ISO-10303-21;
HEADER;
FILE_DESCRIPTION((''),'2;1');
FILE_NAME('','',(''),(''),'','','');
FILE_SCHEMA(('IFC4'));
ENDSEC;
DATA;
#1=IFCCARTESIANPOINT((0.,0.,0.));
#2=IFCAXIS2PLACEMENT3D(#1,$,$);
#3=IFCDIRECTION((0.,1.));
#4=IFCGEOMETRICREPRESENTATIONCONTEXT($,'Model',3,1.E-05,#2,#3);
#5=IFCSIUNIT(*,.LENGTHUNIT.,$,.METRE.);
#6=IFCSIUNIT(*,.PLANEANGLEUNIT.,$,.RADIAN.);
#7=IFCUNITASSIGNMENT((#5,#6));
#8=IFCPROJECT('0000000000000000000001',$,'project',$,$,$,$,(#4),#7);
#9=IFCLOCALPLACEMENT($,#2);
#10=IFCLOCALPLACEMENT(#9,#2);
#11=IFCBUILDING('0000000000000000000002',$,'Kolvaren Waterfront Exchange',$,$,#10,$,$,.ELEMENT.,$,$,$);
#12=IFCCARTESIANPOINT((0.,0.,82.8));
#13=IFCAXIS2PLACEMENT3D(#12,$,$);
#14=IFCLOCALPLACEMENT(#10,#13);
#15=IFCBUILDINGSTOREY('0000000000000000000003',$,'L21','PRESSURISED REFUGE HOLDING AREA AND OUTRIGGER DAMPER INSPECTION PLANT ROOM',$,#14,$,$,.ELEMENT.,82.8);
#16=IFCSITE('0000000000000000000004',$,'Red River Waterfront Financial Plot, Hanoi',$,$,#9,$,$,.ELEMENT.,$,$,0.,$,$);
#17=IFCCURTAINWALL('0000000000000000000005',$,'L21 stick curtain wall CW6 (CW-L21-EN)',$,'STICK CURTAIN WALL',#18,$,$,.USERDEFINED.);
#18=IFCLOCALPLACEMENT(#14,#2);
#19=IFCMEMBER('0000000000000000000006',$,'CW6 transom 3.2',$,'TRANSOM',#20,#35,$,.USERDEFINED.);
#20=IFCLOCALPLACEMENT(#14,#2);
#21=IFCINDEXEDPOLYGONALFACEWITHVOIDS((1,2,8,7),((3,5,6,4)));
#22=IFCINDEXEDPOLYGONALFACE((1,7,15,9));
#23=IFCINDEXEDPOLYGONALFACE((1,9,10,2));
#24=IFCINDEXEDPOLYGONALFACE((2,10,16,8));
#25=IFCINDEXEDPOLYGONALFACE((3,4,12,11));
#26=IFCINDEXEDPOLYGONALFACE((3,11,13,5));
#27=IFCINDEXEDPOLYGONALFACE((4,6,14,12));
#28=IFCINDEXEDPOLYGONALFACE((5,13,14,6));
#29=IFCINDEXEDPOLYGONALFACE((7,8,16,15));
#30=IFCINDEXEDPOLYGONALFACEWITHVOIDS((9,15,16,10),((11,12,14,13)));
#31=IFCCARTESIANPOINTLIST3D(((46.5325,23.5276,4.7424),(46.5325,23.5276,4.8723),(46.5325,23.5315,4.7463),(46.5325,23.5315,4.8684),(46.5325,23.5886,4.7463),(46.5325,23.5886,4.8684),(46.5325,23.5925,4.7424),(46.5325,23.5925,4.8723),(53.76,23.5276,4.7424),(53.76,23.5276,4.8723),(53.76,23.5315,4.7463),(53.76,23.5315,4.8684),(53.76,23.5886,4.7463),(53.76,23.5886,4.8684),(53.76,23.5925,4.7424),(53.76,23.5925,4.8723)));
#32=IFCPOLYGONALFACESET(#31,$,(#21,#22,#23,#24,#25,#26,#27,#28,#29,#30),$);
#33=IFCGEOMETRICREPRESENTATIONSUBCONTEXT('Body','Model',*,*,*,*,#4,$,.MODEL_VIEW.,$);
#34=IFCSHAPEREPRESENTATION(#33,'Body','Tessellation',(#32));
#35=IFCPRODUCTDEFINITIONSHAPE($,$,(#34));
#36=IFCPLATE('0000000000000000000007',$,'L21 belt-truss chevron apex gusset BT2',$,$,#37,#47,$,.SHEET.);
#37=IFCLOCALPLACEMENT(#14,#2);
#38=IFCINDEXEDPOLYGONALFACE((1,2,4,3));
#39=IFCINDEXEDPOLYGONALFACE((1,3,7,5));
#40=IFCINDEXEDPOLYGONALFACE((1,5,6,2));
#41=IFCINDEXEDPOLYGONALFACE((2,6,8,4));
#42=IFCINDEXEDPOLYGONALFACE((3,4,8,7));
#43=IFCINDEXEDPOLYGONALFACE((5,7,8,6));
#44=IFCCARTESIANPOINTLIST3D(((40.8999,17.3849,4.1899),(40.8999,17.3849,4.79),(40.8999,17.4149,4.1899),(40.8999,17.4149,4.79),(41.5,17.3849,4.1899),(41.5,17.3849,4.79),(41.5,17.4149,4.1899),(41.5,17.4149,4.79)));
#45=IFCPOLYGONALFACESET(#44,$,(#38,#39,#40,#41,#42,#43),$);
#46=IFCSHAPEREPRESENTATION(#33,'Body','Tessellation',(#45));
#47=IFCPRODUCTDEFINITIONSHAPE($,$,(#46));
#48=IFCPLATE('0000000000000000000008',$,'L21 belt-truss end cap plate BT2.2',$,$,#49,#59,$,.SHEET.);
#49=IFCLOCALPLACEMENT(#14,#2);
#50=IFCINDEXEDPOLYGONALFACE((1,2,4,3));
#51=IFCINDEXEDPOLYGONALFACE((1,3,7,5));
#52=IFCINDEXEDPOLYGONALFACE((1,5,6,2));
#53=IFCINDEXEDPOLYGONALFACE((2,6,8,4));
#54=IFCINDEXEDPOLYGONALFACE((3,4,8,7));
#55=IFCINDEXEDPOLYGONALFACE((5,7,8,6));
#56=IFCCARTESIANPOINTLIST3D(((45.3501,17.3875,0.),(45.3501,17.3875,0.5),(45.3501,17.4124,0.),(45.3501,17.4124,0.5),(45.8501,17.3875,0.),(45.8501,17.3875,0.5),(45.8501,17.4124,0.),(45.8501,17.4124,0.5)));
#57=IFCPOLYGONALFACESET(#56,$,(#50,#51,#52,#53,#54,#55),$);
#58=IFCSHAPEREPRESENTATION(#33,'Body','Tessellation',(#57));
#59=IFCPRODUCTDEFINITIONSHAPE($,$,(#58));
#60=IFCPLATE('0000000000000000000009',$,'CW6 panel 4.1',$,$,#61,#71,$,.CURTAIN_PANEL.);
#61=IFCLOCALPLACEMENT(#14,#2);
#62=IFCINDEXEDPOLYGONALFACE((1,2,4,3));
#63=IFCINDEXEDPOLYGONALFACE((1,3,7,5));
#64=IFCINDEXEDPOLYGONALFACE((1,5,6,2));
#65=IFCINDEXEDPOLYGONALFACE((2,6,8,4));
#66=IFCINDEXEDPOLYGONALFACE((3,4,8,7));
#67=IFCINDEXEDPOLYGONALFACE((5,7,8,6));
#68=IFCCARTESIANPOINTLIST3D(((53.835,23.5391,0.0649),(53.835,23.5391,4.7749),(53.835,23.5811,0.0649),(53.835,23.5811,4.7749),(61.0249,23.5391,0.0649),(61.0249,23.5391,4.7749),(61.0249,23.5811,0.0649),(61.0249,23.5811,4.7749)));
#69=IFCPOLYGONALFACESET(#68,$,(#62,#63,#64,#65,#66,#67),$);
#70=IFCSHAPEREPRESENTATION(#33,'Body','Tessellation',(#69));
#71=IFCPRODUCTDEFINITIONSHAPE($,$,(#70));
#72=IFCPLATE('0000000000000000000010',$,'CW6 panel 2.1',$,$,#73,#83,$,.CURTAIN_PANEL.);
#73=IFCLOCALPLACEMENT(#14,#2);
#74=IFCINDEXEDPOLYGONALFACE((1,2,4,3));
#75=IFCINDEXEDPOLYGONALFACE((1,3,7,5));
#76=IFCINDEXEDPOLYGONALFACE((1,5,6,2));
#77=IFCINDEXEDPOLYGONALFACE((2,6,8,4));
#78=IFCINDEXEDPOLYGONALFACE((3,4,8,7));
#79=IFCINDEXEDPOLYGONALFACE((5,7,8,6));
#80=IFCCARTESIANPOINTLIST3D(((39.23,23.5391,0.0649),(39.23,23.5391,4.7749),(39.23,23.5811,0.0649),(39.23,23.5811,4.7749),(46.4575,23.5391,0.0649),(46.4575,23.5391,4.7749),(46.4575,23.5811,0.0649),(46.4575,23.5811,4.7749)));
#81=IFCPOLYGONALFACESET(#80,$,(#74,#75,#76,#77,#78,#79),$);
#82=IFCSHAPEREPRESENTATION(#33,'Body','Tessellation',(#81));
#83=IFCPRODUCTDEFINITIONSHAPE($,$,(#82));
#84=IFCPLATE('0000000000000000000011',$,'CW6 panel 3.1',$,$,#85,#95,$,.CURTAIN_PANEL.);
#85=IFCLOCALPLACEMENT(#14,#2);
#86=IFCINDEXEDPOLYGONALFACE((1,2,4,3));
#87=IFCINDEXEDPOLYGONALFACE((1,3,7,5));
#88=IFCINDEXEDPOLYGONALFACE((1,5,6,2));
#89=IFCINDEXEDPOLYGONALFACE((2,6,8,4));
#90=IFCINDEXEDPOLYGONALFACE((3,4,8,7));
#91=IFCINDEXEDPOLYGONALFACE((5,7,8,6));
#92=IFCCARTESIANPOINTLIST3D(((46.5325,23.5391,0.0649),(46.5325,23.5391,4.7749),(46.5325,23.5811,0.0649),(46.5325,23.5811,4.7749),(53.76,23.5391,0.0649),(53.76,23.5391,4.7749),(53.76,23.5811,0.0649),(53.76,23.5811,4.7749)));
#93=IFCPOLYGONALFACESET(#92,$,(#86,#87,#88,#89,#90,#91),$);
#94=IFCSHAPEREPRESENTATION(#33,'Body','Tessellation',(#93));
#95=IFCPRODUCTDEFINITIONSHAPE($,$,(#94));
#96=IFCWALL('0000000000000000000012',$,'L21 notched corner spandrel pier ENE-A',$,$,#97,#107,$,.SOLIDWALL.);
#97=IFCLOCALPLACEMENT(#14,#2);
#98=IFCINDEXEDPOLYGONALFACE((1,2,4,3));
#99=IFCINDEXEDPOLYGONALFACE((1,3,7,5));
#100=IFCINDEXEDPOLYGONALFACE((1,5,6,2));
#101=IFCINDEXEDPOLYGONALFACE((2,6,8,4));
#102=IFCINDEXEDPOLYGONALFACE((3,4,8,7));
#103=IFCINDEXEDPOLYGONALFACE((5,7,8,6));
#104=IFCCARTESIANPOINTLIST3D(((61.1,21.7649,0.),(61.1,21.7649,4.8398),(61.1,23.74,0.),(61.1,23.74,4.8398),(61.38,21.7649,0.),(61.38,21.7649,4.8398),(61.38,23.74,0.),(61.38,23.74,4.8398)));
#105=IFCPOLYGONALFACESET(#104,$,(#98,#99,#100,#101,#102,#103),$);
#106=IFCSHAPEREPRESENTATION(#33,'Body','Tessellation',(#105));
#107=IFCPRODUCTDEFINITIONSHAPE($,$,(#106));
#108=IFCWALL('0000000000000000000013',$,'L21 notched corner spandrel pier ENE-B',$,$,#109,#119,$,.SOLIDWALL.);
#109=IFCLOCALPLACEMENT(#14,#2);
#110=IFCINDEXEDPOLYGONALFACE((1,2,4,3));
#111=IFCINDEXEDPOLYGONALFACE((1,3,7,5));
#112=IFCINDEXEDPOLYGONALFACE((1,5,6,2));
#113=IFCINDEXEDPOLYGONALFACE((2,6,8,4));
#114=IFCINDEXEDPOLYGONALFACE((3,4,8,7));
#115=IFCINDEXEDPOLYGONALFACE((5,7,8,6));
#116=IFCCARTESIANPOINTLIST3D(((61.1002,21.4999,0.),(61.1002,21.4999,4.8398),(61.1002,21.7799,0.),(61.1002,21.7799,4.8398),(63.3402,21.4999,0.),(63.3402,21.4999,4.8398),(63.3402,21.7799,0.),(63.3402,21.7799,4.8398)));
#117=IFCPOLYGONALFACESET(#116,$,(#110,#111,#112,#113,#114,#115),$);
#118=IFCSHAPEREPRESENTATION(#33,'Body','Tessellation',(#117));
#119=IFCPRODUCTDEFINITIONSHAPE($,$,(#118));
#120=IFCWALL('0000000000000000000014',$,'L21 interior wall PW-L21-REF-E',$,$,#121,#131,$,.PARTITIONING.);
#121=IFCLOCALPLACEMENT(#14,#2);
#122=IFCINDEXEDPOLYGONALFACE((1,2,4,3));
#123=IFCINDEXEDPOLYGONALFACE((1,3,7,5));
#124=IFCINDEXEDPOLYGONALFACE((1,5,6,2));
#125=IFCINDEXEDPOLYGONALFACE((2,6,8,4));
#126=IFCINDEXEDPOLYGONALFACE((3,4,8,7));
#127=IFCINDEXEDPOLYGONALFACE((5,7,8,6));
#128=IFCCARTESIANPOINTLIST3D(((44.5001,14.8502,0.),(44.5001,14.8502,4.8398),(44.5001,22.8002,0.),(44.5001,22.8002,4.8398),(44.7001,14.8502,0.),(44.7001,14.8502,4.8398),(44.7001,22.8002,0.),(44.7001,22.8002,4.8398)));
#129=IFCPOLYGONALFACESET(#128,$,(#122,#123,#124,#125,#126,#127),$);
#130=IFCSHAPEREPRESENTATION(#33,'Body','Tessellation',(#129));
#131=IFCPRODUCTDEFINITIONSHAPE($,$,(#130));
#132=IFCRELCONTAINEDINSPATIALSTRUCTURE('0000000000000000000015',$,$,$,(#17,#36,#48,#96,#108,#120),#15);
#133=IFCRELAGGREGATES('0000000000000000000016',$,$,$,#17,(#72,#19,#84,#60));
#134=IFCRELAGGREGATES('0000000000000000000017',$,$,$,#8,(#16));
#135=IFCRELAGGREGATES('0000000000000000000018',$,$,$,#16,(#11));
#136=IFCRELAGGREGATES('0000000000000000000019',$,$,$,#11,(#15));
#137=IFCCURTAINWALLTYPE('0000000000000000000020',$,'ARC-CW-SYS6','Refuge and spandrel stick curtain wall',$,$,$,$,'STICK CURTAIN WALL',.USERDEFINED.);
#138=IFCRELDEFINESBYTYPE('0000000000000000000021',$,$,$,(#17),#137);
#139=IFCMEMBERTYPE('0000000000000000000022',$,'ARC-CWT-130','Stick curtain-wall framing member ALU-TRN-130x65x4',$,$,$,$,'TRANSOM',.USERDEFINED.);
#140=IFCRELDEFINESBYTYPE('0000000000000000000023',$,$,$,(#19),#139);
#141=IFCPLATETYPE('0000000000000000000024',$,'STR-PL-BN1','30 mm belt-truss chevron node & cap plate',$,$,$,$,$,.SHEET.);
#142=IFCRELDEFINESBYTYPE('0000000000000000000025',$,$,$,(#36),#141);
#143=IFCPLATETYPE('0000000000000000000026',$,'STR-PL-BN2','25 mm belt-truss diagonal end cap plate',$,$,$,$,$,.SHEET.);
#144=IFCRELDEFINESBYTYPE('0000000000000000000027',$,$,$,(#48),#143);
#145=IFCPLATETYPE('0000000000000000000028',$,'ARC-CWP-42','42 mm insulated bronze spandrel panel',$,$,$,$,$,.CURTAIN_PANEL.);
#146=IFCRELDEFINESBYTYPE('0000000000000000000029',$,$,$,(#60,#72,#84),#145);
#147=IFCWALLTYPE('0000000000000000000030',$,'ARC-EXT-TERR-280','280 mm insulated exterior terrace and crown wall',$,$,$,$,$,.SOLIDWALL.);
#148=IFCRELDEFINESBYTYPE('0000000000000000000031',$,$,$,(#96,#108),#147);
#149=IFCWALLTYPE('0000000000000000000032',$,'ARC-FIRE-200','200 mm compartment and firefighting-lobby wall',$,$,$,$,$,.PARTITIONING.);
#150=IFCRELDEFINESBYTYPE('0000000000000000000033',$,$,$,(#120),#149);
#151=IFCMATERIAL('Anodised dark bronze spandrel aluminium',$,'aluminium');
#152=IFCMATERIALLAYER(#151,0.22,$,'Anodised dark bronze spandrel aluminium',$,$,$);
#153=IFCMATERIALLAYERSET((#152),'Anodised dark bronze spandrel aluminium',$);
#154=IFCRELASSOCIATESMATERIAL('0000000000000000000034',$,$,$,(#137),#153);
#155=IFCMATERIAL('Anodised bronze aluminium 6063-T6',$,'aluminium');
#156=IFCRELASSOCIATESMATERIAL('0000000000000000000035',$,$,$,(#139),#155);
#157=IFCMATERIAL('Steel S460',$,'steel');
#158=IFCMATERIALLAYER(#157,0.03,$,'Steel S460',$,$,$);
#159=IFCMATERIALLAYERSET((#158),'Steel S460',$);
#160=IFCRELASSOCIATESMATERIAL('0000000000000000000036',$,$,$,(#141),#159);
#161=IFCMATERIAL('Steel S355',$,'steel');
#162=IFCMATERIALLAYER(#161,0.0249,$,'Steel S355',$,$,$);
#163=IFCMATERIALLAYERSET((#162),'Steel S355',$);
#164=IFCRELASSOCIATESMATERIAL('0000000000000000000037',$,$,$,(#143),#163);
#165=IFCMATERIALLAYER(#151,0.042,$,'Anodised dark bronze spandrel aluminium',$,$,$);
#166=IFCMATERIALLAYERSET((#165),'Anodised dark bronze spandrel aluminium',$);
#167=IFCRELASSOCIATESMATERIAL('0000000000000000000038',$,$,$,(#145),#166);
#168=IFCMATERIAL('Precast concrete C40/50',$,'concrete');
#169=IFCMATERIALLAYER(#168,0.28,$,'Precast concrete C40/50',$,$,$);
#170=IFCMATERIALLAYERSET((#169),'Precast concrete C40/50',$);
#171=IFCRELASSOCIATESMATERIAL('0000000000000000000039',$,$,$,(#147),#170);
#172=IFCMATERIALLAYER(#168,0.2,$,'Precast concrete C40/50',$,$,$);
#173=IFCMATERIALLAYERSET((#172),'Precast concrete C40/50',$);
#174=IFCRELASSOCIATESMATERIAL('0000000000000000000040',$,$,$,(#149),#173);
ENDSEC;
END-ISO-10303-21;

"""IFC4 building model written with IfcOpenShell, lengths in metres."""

from ifc_helpers import new_model, si_unit, direction, frame, frame_2d, origin, origin_with_axes, origin_2d, place, context, subcontext, project, spatial, rectangle, hollow_rectangle, extrude, source, transform, mapped, material, layer, layer_set, material_profile, profile_set, type_object, element, aggregate, save


model = new_model("IFC4")

# Units and contexts
model_context = context("Model", 3, precision=1e-05, world=origin(), true_north=direction((0.0, 1.0)))
body_context = subcontext(model_context, "Body", "Model", "MODEL_VIEW")
ifc_project = project(units=[si_unit("LENGTHUNIT", "METRE"), si_unit("PLANEANGLEUNIT", "RADIAN")], contexts=[model_context])

# Site, building, storey
site_placement = place(None, origin())
site = spatial("IfcSite", under=ifc_project, at=site_placement, Name="Red River Waterfront Financial Plot, Hanoi", CompositionType="ELEMENT", RefElevation=0.0)
building_placement = place(site_placement, origin())
building = spatial("IfcBuilding", under=site, at=building_placement, Name="Kolvaren Waterfront Exchange", CompositionType="ELEMENT")
storey_placement = place(building_placement, frame((0.0, 0.0, 82.8)))
storey = spatial("IfcBuildingStorey", under=building, at=storey_placement, Name="L21", Description="PRESSURISED REFUGE HOLDING AREA AND OUTRIGGER DAMPER INSPECTION PLANT ROOM", CompositionType="ELEMENT", Elevation=82.8)

# Shared definitions
ifc_material_1 = material(Name="Steel S355", Category="steel")

# Shared definitions
ifc_material_2 = material(Name="Steel S460", Category="steel")

# Curtain wall, member
ifc_material_3 = material(Name="Anodised dark bronze spandrel aluminium", Category="aluminium")
ifc_layer_1 = layer(ifc_material_3, 0.22, Name="Anodised dark bronze spandrel aluminium")
ifc_layer_set_1 = layer_set([ifc_layer_1], Name="Anodised dark bronze spandrel aluminium")
curtain_wall_type = type_object("IfcCurtainWallType", Name="ARC-CW-SYS6", Description="Refuge and spandrel stick curtain wall", ElementType="STICK CURTAIN WALL", PredefinedType="USERDEFINED", material=ifc_layer_set_1)
curtain_wall_placement = place(storey_placement, origin())
curtain_wall = element("IfcCurtainWall", 1, at=curtain_wall_placement, inside=storey, type_object=curtain_wall_type, Name="L21 stick curtain wall CW6 (CW-L21-EN)", ObjectType="STICK CURTAIN WALL", PredefinedType="USERDEFINED")
ifc_material_4 = material(Name="Anodised bronze aluminium 6063-T6", Category="aluminium")
ifc_material_profile_1 = material_profile(ifc_material_4, hollow_rectangle(XDim=0.0649, YDim=0.1299, WallThickness=0.0039, at=origin_2d()), Name="ALU-TRN-130x65x4")
ifc_profile_set_1 = profile_set([ifc_material_profile_1], Name="Anodised bronze aluminium 6063-T6")
member_type_1 = type_object("IfcMemberType", Name="ARC-CWT-130", Description="Stick curtain-wall framing member ALU-TRN-130x65x4", ElementType="TRANSOM", PredefinedType="USERDEFINED", material=ifc_profile_set_1)
shared_shape_1 = source(origin_with_axes(), body_context, "Body", "SweptSolid", [
    extrude(hollow_rectangle(XDim=0.0649, YDim=0.1299, WallThickness=0.0039, at=origin_2d()), origin(), (0.0, 0.0, 1.0), 7.2275),
])
member_1_placement = place(storey_placement, frame((46.5325, 23.5601, 4.8074), z_axis=(1.0, 0.0, 0.0), x_axis=(0.0, 1.0, 0.0)))
member_1 = element("IfcMember", 2, at=member_1_placement, type_object=member_type_1, Name="CW6 transom 3.2", ObjectType="TRANSOM", PredefinedType="USERDEFINED", context=body_context, shape_type="MappedRepresentation", body=[
    mapped(shared_shape_1, transform((0.0, 0.0, 0.0), x_axis=(1.0, 0.0, 0.0), y_axis=(0.0, 1.0, 0.0), z_axis=(0.0, 0.0, 1.0), scale=1.0)),
])

# Plates
ifc_layer_2 = layer(ifc_material_2, 0.03, Name="Steel S460")
ifc_layer_set_2 = layer_set([ifc_layer_2], Name="Steel S460")
plate_type_1 = type_object("IfcPlateType", Name="STR-PL-BN1", Description="30 mm belt-truss chevron node & cap plate", PredefinedType="SHEET", material=ifc_layer_set_2)
shared_shape_2 = source(origin_with_axes(), body_context, "Body", "SweptSolid", [
    extrude(rectangle(XDim=0.6001, YDim=0.03, at=origin_2d()), origin(), (0.0, 0.0, 1.0), 0.6001),
])
plate_1_placement = place(storey_placement, frame((41.2, 17.3999, 4.1899), z_axis=(0.0, 0.0, 1.0), x_axis=(1.0, 0.0, 0.0)))
element("IfcPlate", 3, at=plate_1_placement, inside=storey, type_object=plate_type_1, Name="L21 belt-truss chevron apex gusset BT2", PredefinedType="SHEET", context=body_context, shape_type="MappedRepresentation", body=[
    mapped(shared_shape_2, transform((0.0, 0.0, 0.0), x_axis=(1.0, 0.0, 0.0), y_axis=(0.0, 1.0, 0.0), z_axis=(0.0, 0.0, 1.0), scale=1.0)),
])
ifc_layer_3 = layer(ifc_material_1, 0.0249, Name="Steel S355")
ifc_layer_set_3 = layer_set([ifc_layer_3], Name="Steel S355")
plate_type_2 = type_object("IfcPlateType", Name="STR-PL-BN2", Description="25 mm belt-truss diagonal end cap plate", PredefinedType="SHEET", material=ifc_layer_set_3)
shared_shape_3 = source(origin_with_axes(), body_context, "Body", "SweptSolid", [
    extrude(rectangle(XDim=0.5, YDim=0.0249, at=origin_2d()), origin(), (0.0, 0.0, 1.0), 0.5),
])
plate_2_placement = place(storey_placement, frame((45.6001, 17.3999, 0.0), z_axis=(0.0, 0.0, 1.0), x_axis=(1.0, 0.0, 0.0)))
element("IfcPlate", 4, at=plate_2_placement, inside=storey, type_object=plate_type_2, Name="L21 belt-truss end cap plate BT2.2", PredefinedType="SHEET", context=body_context, shape_type="MappedRepresentation", body=[
    mapped(shared_shape_3, transform((0.0, 0.0, 0.0), x_axis=(1.0, 0.0, 0.0), y_axis=(0.0, 1.0, 0.0), z_axis=(0.0, 0.0, 1.0), scale=1.0)),
])

# Plates
ifc_layer_4 = layer(ifc_material_3, 0.042, Name="Anodised dark bronze spandrel aluminium")
ifc_layer_set_4 = layer_set([ifc_layer_4], Name="Anodised dark bronze spandrel aluminium")
plate_type_3 = type_object("IfcPlateType", Name="ARC-CWP-42", Description="42 mm insulated bronze spandrel panel", PredefinedType="CURTAIN_PANEL", material=ifc_layer_set_4)
shared_shape_4 = source(origin_with_axes(), body_context, "Body", "SweptSolid", [
    extrude(rectangle(XDim=7.1899, YDim=0.042, at=origin_2d()), origin(), (0.0, 0.0, 1.0), 4.71),
])
plate_3_placement = place(storey_placement, frame((57.4299, 23.5601, 0.0649), z_axis=(0.0, 0.0, 1.0), x_axis=(1.0, 0.0, 0.0)))
plate_3 = element("IfcPlate", 5, at=plate_3_placement, type_object=plate_type_3, Name="CW6 panel 4.1", PredefinedType="CURTAIN_PANEL", context=body_context, shape_type="MappedRepresentation", body=[
    mapped(shared_shape_4, transform((0.0, 0.0, 0.0), x_axis=(1.0, 0.0, 0.0), y_axis=(0.0, 1.0, 0.0), z_axis=(0.0, 0.0, 1.0), scale=1.0)),
])
shared_shape_5 = source(origin_with_axes(), body_context, "Body", "SweptSolid", [
    extrude(rectangle(XDim=7.2275, YDim=0.042, at=origin_2d()), origin(), (0.0, 0.0, 1.0), 4.71),
])
plate_4_placement = place(storey_placement, frame((42.8438, 23.5601, 0.0649), z_axis=(0.0, 0.0, 1.0), x_axis=(1.0, 0.0, 0.0)))
plate_4 = element("IfcPlate", 6, at=plate_4_placement, type_object=plate_type_3, Name="CW6 panel 2.1", PredefinedType="CURTAIN_PANEL", context=body_context, shape_type="MappedRepresentation", body=[
    mapped(shared_shape_5, transform((0.0, 0.0, 0.0), x_axis=(1.0, 0.0, 0.0), y_axis=(0.0, 1.0, 0.0), z_axis=(0.0, 0.0, 1.0), scale=1.0)),
])
plate_5_placement = place(storey_placement, frame((50.1462, 23.5601, 0.0649), z_axis=(0.0, 0.0, 1.0), x_axis=(1.0, 0.0, 0.0)))
plate_5 = element("IfcPlate", 7, at=plate_5_placement, type_object=plate_type_3, Name="CW6 panel 3.1", PredefinedType="CURTAIN_PANEL", context=body_context, shape_type="MappedRepresentation", body=[
    mapped(shared_shape_5, transform((0.0, 0.0, 0.0), x_axis=(1.0, 0.0, 0.0), y_axis=(0.0, 1.0, 0.0), z_axis=(0.0, 0.0, 1.0), scale=1.0)),
])
aggregate(curtain_wall, [plate_4, member_1, plate_5, plate_3])

# Walls
ifc_material_5 = material(Name="Precast concrete C40/50", Category="concrete")
ifc_layer_5 = layer(ifc_material_5, 0.28, Name="Precast concrete C40/50")
ifc_layer_set_5 = layer_set([ifc_layer_5], Name="Precast concrete C40/50")
wall_type_1 = type_object("IfcWallType", Name="ARC-EXT-TERR-280", Description="280 mm insulated exterior terrace and crown wall", PredefinedType="SOLIDWALL", material=ifc_layer_set_5)
wall_1_placement = place(storey_placement, frame((61.24, 21.7649, 0.0), z_axis=(0.0, 0.0, 1.0), x_axis=(0.0, 1.0, 0.0)))
element("IfcWall", 8, at=wall_1_placement, inside=storey, type_object=wall_type_1, Name="L21 notched corner spandrel pier ENE-A", PredefinedType="SOLIDWALL", context=body_context, shape_type="SweptSolid", body=[
    extrude(rectangle(XDim=1.9751, YDim=0.28, at=frame_2d((0.9875, 0.0))), origin(), (0.0, 0.0, 1.0), 4.8398),
])
wall_2_placement = place(storey_placement, frame((61.1001, 21.6399, 0.0), z_axis=(0.0, 0.0, 1.0), x_axis=(1.0, 0.0, 0.0)))
element("IfcWall", 9, at=wall_2_placement, inside=storey, type_object=wall_type_1, Name="L21 notched corner spandrel pier ENE-B", PredefinedType="SOLIDWALL", context=body_context, shape_type="SweptSolid", body=[
    extrude(rectangle(XDim=2.24, YDim=0.28, at=frame_2d((1.1201, 0.0))), origin(), (0.0, 0.0, 1.0), 4.8398),
])
ifc_layer_6 = layer(ifc_material_5, 0.2, Name="Precast concrete C40/50")
ifc_layer_set_6 = layer_set([ifc_layer_6], Name="Precast concrete C40/50")
wall_type_2 = type_object("IfcWallType", Name="ARC-FIRE-200", Description="200 mm compartment and firefighting-lobby wall", PredefinedType="PARTITIONING", material=ifc_layer_set_6)
wall_3_placement = place(storey_placement, frame((44.6001, 14.8501, 0.0), z_axis=(0.0, 0.0, 1.0), x_axis=(0.0, 1.0, 0.0)))
element("IfcWall", 10, at=wall_3_placement, inside=storey, type_object=wall_type_2, Name="L21 interior wall PW-L21-REF-E", PredefinedType="PARTITIONING", context=body_context, shape_type="SweptSolid", body=[
    extrude(rectangle(XDim=7.95, YDim=0.2, at=frame_2d((3.9751, 0.0))), origin(), (0.0, 0.0, 1.0), 4.8398),
])

save(model, "model.ifc")
